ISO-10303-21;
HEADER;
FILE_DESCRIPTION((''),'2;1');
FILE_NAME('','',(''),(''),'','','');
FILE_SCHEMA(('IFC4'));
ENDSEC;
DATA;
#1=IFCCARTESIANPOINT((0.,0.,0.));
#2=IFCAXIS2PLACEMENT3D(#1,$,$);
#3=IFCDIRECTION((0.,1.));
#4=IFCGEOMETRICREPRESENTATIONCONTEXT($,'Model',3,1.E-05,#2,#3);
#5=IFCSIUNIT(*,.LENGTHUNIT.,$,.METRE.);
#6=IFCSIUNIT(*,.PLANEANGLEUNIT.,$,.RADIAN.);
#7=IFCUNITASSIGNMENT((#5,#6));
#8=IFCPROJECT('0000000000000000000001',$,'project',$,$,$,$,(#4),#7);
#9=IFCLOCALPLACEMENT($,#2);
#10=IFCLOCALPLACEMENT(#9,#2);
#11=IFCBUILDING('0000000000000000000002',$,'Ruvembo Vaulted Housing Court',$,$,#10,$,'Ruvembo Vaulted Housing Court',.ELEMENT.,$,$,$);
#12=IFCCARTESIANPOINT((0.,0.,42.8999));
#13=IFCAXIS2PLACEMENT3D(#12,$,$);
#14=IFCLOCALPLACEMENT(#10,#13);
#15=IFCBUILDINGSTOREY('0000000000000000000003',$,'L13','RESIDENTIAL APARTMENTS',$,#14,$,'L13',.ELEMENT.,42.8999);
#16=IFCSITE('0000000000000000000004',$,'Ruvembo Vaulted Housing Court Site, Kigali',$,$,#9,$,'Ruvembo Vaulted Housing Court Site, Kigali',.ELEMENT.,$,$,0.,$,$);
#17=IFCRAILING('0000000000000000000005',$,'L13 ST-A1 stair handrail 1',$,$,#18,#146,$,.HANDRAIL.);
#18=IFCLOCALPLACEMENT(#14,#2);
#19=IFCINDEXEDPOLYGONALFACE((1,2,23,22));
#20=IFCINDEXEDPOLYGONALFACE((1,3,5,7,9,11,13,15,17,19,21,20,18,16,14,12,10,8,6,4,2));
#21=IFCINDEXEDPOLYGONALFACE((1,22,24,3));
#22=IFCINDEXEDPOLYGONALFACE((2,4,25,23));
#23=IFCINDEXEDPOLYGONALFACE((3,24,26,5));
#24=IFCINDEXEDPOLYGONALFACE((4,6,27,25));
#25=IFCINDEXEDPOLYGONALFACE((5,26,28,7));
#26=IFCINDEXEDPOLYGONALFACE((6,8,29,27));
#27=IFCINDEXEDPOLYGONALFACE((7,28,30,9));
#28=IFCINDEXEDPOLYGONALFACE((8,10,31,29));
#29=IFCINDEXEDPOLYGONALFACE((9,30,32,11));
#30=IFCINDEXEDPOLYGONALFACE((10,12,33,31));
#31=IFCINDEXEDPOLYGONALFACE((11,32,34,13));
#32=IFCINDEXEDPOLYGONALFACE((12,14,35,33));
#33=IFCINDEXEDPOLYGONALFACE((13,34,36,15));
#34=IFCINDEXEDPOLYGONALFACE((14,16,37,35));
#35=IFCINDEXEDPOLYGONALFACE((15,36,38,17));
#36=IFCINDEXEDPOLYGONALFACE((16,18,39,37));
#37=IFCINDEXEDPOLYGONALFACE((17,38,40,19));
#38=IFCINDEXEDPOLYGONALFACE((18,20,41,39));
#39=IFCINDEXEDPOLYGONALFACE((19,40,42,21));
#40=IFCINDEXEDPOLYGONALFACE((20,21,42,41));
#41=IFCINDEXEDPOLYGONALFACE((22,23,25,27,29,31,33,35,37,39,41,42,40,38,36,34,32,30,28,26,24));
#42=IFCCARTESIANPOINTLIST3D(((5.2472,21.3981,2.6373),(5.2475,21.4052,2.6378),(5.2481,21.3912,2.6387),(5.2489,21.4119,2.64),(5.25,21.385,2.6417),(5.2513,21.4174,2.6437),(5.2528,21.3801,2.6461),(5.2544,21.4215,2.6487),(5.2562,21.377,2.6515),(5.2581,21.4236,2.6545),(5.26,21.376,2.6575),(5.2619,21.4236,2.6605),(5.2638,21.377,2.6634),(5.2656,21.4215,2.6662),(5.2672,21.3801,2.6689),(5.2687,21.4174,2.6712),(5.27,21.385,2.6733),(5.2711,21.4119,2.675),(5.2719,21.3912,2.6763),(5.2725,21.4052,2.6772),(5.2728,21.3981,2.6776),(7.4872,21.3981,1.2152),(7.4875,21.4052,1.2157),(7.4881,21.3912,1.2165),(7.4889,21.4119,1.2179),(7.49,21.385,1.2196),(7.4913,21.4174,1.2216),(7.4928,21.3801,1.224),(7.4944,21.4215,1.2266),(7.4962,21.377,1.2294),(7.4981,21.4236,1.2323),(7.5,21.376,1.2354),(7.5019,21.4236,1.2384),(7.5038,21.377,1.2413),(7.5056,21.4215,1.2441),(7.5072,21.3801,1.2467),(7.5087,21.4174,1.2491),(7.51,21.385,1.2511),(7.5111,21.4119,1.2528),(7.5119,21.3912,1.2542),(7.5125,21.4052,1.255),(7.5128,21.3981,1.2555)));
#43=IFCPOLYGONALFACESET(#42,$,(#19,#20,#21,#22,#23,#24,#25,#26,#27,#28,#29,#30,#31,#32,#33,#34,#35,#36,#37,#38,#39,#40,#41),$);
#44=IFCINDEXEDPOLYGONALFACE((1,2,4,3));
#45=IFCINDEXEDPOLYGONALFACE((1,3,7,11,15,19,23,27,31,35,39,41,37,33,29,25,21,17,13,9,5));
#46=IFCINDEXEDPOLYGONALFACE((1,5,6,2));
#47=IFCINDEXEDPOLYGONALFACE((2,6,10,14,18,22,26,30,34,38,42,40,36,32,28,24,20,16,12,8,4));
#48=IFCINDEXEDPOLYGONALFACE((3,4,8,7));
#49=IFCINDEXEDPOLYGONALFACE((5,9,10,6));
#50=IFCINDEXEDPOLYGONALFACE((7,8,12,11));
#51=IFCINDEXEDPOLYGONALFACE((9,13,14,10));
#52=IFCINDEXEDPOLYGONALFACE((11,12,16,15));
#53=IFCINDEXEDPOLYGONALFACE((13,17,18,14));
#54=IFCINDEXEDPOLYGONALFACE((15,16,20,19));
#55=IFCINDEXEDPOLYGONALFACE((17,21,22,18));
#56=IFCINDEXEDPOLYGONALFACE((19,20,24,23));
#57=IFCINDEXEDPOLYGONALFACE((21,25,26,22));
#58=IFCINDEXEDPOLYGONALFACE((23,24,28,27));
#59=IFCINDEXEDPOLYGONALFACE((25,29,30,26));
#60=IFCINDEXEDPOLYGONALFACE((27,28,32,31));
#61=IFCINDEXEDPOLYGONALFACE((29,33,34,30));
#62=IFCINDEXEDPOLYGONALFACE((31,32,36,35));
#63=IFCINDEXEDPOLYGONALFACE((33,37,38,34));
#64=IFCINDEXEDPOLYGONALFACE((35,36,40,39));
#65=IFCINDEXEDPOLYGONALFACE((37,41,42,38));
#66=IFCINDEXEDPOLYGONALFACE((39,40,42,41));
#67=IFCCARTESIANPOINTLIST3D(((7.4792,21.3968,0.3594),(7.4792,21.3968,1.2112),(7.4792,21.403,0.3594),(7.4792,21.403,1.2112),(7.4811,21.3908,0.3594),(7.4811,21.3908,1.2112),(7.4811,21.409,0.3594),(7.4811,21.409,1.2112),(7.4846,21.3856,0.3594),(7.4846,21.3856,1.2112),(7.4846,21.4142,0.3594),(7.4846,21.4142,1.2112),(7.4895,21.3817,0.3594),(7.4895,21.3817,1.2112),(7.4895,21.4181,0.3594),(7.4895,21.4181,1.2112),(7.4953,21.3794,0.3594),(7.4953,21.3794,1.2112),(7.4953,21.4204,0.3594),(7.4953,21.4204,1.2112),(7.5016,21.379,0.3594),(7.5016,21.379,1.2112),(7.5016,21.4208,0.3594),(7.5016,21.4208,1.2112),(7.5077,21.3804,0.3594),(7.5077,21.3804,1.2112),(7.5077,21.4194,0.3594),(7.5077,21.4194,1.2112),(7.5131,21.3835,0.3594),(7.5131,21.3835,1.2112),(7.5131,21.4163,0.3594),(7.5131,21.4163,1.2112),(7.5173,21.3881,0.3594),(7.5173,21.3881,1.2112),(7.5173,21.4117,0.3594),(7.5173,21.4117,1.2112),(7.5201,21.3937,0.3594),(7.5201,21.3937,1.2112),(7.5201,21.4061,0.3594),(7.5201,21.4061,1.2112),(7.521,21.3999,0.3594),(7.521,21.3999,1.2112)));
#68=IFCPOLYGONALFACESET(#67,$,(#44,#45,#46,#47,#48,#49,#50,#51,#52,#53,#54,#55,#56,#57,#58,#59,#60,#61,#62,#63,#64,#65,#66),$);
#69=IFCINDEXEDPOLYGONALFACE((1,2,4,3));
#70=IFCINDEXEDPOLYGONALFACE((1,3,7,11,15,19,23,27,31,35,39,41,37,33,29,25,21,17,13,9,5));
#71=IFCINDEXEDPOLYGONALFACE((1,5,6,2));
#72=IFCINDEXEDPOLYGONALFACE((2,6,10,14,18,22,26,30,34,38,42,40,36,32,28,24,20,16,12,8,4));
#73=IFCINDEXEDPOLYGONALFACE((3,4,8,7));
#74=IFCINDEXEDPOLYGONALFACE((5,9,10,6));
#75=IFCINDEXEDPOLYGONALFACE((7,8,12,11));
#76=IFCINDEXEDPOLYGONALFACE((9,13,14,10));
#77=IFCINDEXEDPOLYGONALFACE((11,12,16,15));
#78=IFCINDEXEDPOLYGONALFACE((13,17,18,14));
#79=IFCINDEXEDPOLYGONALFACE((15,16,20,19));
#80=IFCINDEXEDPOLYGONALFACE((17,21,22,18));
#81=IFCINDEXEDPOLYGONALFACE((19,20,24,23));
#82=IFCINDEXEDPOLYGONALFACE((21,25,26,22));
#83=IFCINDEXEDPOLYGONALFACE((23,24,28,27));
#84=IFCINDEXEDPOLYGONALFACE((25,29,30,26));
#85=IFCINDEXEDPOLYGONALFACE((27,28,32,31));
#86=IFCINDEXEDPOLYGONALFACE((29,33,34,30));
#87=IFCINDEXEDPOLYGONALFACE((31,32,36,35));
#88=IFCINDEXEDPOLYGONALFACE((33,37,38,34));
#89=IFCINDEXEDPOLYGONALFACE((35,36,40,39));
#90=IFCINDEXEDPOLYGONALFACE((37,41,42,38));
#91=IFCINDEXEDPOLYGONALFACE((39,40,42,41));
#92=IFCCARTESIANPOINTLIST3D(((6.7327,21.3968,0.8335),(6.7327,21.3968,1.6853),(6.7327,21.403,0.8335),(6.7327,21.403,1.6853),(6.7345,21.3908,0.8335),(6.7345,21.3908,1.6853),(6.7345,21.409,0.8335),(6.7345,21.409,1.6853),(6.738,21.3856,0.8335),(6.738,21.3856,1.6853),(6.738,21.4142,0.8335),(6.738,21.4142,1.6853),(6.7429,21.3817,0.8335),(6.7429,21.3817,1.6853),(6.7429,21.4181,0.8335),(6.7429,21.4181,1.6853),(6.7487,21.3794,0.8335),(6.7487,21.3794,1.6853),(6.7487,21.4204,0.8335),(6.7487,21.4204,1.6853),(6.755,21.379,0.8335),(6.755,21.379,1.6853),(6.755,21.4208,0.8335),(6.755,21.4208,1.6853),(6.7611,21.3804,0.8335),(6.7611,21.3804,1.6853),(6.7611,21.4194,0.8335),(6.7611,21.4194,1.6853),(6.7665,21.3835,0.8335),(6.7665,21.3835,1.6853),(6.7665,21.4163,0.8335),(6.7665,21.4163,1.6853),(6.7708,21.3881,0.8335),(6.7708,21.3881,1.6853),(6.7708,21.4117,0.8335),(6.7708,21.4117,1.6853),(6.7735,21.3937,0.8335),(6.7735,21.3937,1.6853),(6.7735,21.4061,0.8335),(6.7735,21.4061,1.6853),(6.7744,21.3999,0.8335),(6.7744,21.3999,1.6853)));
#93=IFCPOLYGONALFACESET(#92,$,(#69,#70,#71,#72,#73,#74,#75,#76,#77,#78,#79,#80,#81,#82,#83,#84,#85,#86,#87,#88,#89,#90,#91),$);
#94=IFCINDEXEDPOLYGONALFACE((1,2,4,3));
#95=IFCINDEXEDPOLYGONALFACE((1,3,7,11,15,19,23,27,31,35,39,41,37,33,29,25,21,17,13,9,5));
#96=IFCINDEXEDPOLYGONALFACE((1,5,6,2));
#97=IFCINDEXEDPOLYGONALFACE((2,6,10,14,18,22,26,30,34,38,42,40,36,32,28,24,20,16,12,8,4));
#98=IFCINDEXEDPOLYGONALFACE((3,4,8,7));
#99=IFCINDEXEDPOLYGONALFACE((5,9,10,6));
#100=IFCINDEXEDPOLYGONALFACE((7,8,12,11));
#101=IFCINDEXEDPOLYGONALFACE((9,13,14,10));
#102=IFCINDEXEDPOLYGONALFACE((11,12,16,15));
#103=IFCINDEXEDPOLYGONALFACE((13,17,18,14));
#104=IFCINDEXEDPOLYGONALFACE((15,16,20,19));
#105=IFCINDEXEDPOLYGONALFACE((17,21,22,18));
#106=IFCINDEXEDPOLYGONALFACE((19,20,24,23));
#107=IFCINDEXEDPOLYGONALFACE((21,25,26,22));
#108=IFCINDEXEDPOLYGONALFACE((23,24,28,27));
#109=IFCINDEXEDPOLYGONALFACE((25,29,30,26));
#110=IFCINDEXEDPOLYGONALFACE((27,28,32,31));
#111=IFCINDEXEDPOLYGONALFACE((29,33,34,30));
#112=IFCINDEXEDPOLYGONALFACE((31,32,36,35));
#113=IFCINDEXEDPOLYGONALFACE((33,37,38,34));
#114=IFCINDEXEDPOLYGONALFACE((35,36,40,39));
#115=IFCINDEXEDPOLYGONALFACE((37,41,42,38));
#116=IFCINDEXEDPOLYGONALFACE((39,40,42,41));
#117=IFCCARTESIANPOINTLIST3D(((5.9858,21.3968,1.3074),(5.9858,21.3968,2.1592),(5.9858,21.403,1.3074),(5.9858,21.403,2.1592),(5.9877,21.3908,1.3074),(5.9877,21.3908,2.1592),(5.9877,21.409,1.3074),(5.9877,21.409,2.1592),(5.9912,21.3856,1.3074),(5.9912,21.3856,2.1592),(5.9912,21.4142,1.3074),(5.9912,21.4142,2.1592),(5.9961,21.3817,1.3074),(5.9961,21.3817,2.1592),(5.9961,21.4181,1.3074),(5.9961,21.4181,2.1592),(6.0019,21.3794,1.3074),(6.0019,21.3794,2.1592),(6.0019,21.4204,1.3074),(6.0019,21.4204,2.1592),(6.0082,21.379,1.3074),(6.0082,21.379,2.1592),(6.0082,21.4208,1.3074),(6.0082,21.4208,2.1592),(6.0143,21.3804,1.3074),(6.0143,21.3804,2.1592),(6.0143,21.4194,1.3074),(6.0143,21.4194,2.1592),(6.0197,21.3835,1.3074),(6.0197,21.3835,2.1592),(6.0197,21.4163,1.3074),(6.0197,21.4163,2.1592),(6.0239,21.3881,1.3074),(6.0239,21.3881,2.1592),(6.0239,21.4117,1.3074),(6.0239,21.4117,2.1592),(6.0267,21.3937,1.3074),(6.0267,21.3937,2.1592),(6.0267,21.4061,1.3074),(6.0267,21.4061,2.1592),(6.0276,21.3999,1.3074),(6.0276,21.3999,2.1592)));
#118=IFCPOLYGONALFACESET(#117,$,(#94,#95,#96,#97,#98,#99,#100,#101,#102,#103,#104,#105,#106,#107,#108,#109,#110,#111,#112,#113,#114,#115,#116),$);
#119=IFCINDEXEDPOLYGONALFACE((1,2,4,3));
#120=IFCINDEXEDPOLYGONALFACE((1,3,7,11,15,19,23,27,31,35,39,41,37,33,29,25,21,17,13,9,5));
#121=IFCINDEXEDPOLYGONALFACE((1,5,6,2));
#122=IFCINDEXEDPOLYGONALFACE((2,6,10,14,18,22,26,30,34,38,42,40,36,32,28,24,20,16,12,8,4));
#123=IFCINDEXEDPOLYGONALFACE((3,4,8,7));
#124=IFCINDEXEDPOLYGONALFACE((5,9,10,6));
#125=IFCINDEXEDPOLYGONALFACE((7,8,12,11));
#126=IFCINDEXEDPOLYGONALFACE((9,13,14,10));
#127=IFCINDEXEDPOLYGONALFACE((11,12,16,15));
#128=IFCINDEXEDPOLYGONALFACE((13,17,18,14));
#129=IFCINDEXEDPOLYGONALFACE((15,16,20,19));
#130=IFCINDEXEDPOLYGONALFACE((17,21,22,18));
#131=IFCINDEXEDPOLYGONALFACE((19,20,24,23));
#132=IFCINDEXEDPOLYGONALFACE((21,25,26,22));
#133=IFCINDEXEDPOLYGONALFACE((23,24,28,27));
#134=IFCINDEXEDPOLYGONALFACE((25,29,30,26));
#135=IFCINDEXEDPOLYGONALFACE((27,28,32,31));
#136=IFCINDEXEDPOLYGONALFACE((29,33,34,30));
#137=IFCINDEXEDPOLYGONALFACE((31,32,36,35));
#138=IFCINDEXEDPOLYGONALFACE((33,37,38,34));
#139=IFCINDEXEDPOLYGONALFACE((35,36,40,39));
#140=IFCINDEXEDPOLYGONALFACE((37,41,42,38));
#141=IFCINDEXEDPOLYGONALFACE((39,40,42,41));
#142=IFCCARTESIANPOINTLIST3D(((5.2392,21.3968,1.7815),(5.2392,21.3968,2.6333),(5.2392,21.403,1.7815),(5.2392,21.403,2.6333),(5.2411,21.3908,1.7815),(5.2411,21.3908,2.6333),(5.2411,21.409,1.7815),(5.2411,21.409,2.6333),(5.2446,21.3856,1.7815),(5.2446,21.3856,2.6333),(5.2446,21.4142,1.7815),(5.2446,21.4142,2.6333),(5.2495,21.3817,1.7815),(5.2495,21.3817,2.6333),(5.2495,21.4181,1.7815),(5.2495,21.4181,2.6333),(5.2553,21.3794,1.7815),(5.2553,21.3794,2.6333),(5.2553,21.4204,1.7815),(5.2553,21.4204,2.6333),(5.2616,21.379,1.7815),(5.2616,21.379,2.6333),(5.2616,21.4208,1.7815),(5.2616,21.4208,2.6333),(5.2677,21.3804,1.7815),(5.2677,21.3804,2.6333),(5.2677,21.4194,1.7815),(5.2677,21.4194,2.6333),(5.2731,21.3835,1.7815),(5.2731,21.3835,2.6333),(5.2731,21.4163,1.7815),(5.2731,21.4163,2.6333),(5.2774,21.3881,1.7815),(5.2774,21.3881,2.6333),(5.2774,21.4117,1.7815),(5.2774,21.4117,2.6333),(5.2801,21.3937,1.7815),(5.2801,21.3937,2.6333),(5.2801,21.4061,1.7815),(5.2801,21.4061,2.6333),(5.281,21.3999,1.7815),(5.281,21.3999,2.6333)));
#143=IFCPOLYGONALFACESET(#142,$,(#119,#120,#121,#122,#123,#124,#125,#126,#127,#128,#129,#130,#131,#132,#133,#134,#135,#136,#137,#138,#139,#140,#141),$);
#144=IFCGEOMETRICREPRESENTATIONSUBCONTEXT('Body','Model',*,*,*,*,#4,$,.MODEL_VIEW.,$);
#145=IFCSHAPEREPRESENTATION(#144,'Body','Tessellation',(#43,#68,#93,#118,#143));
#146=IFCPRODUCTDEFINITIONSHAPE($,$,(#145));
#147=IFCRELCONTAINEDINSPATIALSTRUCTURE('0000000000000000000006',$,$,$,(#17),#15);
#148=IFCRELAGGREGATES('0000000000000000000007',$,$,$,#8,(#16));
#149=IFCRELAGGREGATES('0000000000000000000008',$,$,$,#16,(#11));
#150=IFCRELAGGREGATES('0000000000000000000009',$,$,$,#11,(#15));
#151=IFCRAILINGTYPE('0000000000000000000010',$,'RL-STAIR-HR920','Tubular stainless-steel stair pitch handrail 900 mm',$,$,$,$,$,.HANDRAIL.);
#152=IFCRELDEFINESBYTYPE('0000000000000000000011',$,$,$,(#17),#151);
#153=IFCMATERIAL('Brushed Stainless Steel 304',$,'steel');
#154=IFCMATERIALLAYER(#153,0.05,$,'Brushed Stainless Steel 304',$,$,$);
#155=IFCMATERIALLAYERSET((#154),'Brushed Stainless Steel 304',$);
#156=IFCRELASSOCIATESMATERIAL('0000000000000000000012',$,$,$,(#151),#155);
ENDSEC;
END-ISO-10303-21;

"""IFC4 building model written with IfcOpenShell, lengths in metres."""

from ifc_helpers import new_model, si_unit, direction, frame, origin, origin_2d, place, context, subcontext, project, spatial, circle, extrude, material, layer, layer_set, type_object, element, save


model = new_model("IFC4")

# Units and contexts
model_context = context("Model", 3, precision=1e-05, world=origin(), true_north=direction((0.0, 1.0)))
body_context = subcontext(model_context, "Body", "Model", "MODEL_VIEW")
ifc_project = project(units=[si_unit("LENGTHUNIT", "METRE"), si_unit("PLANEANGLEUNIT", "RADIAN")], contexts=[model_context])

# Site, building, storey
site_placement = place(None, origin())
site = spatial("IfcSite", under=ifc_project, at=site_placement, Name="Ruvembo Vaulted Housing Court Site, Kigali", LongName="Ruvembo Vaulted Housing Court Site, Kigali", CompositionType="ELEMENT", RefElevation=0.0)
building_placement = place(site_placement, origin())
building = spatial("IfcBuilding", under=site, at=building_placement, Name="Ruvembo Vaulted Housing Court", LongName="Ruvembo Vaulted Housing Court", CompositionType="ELEMENT")
storey_placement = place(building_placement, frame((0.0, 0.0, 42.8999)))
storey = spatial("IfcBuildingStorey", under=building, at=storey_placement, Name="L13", Description="RESIDENTIAL APARTMENTS", LongName="L13", CompositionType="ELEMENT", Elevation=42.8999)

# Shared definitions
ifc_material_1 = material(Name="Brushed Stainless Steel 304", Category="steel")

# Railing
ifc_layer_1 = layer(ifc_material_1, 0.05, Name="Brushed Stainless Steel 304")
ifc_layer_set_1 = layer_set([ifc_layer_1], Name="Brushed Stainless Steel 304")
railing_type_1 = type_object("IfcRailingType", Name="RL-STAIR-HR920", Description="Tubular stainless-steel stair pitch handrail 900 mm", PredefinedType="HANDRAIL", material=ifc_layer_set_1)
railing_1_placement = place(storey_placement, frame((7.5, 21.3999, 0.3594)))
element("IfcRailing", 1, at=railing_1_placement, inside=storey, type_object=railing_type_1, Name="L13 ST-A1 stair handrail 1", PredefinedType="HANDRAIL", context=body_context, shape_type="SweptSolid", body=[
    extrude(circle(Radius=0.0239, at=origin_2d()), frame((0.0, 0.0, 0.876), z_axis=(-0.844229, 0.0, 0.535982), x_axis=(0.0, -1.0, 0.0)), (0.0, 0.0, 1.0), 2.6533),
    extrude(circle(Radius=0.021, at=origin_2d()), origin(), (0.0, 0.0, 1.0), 0.8518),
    extrude(circle(Radius=0.021, at=origin_2d()), frame((-0.7466, 0.0, 0.4741)), (0.0, 0.0, 1.0), 0.8518),
    extrude(circle(Radius=0.021, at=origin_2d()), frame((-1.4934, 0.0, 0.948)), (0.0, 0.0, 1.0), 0.8518),
    extrude(circle(Radius=0.021, at=origin_2d()), frame((-2.24, 0.0, 1.4221)), (0.0, 0.0, 1.0), 0.8518),
])

save(model, "model.ifc")
